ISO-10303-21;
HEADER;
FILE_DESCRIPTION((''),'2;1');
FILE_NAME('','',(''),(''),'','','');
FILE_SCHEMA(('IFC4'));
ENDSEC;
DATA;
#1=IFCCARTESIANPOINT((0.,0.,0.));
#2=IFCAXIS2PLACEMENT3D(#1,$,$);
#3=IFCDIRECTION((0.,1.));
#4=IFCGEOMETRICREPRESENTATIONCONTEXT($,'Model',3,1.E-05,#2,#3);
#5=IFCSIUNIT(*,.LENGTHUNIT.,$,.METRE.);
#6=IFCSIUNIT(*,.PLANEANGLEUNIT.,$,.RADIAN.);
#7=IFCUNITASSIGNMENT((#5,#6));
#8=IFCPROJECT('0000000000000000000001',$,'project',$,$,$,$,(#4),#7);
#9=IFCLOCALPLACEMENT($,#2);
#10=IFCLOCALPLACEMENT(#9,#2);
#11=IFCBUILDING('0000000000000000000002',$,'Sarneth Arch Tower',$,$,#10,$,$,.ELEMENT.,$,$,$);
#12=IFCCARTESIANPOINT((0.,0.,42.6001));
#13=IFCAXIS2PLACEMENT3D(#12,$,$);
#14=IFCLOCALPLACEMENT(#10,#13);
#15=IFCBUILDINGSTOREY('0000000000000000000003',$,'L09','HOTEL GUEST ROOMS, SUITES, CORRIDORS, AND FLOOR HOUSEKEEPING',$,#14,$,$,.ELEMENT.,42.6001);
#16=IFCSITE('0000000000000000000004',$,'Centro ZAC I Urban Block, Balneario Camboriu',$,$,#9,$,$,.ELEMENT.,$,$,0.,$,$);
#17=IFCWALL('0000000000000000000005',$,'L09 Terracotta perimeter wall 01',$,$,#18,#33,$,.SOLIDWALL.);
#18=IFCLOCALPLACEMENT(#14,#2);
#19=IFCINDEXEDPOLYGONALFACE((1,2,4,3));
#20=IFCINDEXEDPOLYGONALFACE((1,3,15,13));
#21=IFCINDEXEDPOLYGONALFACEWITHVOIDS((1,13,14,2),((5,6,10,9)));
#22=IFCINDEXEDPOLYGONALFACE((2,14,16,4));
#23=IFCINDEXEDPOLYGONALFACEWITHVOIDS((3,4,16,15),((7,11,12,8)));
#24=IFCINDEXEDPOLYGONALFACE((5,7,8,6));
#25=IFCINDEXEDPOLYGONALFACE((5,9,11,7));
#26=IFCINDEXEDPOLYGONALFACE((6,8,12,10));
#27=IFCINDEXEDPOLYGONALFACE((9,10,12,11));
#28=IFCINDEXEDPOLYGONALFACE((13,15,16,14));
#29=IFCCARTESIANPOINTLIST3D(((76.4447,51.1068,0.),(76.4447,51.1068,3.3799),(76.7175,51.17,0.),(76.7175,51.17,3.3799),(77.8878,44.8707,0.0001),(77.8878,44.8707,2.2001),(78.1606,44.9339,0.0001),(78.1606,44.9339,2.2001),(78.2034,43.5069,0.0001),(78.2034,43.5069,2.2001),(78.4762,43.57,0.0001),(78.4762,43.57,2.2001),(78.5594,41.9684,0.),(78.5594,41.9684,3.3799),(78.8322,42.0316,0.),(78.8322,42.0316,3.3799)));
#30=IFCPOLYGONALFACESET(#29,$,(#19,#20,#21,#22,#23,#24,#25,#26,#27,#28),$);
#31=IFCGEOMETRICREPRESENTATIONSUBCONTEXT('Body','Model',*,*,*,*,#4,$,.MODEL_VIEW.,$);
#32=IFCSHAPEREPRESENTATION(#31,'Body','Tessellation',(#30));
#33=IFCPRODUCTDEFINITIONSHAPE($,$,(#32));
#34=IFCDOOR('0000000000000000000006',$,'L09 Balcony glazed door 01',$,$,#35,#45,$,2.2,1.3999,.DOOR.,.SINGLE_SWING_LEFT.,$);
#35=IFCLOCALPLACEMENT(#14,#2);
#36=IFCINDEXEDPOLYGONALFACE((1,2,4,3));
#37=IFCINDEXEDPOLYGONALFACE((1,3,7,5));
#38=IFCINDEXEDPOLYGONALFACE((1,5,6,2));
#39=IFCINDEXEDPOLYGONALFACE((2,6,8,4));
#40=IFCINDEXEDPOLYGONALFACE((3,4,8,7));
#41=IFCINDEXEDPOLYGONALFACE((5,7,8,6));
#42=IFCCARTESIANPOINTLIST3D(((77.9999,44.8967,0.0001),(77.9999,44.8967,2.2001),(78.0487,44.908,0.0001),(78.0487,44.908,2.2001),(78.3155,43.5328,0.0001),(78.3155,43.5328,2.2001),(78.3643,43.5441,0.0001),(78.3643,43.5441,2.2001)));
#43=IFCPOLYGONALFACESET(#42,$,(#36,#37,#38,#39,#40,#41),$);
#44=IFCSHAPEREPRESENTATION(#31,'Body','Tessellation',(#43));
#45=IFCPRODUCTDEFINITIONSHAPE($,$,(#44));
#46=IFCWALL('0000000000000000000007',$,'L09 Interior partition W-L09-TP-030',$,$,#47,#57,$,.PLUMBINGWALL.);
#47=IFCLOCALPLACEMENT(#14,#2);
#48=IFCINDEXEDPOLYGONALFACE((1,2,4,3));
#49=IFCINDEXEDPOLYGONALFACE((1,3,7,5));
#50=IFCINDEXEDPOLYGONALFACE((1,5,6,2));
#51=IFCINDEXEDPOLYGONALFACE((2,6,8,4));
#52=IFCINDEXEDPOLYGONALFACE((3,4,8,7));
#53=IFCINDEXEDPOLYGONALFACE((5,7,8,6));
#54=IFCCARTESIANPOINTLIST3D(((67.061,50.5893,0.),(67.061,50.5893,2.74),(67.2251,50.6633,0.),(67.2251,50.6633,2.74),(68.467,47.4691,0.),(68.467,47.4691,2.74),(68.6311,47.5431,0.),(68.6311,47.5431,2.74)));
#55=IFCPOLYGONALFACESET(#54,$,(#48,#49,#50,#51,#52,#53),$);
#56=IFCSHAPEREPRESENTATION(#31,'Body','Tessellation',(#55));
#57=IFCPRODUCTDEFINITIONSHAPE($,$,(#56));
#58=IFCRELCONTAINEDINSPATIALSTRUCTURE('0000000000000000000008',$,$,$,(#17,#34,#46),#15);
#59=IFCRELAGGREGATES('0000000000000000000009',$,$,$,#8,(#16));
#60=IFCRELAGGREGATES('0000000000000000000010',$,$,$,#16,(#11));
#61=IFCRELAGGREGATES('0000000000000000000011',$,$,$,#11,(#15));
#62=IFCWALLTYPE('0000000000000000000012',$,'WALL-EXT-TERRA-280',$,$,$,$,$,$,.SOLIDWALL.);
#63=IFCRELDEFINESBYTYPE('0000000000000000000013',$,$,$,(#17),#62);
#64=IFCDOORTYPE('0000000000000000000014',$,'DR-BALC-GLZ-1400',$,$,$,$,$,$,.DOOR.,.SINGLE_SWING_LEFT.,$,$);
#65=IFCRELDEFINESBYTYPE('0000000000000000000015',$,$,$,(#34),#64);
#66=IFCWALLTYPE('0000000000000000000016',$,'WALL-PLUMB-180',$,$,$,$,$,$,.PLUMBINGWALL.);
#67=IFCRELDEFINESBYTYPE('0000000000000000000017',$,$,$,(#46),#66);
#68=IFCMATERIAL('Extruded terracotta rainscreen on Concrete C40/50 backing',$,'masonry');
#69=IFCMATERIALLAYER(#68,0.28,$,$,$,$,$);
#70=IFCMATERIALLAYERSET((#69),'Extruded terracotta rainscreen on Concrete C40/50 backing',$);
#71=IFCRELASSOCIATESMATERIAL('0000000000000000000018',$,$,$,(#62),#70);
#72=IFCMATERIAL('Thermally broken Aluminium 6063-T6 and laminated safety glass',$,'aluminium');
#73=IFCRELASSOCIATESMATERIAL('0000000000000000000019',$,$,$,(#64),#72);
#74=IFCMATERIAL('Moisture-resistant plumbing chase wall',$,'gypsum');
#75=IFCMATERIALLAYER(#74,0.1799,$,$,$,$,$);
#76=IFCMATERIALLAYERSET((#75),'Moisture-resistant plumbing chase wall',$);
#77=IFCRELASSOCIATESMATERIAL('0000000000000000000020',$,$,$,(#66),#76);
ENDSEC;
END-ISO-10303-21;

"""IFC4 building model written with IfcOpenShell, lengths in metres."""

from ifc_helpers import new_model, si_unit, direction, frame, frame_2d, origin, place, context, subcontext, project, spatial, rectangle, extrude, material, layer, layer_set, type_object, element, fill, save


model = new_model("IFC4")

# Units and contexts
model_context = context("Model", 3, precision=1e-05, world=origin(), true_north=direction((0.0, 1.0)))
body_context = subcontext(model_context, "Body", "Model", "MODEL_VIEW")
ifc_project = project(units=[si_unit("LENGTHUNIT", "METRE"), si_unit("PLANEANGLEUNIT", "RADIAN")], contexts=[model_context])

# Site, building, storey
site_placement = place(None, origin())
site = spatial("IfcSite", under=ifc_project, at=site_placement, Name="Centro ZAC I Urban Block, Balneario Camboriu", CompositionType="ELEMENT", RefElevation=0.0)
building_placement = place(site_placement, origin())
building = spatial("IfcBuilding", under=site, at=building_placement, Name="Sarneth Arch Tower", CompositionType="ELEMENT")
storey_placement = place(building_placement, frame((0.0, 0.0, 42.6001)))
storey = spatial("IfcBuildingStorey", under=building, at=storey_placement, Name="L09", Description="HOTEL GUEST ROOMS, SUITES, CORRIDORS, AND FLOOR HOUSEKEEPING", CompositionType="ELEMENT", Elevation=42.6001)

# Wall, opening, door
ifc_material_1 = material(Name="Extruded terracotta rainscreen on Concrete C40/50 backing", Category="masonry")
ifc_layer_1 = layer(ifc_material_1, 0.28)
ifc_layer_set_1 = layer_set([ifc_layer_1], Name="Extruded terracotta rainscreen on Concrete C40/50 backing")
wall_type_1 = type_object("IfcWallType", Name="WALL-EXT-TERRA-280", PredefinedType="SOLIDWALL", material=ifc_layer_set_1)
wall_1_placement = place(storey_placement, frame((78.6958, 42.0, 0.0), z_axis=(0.0, 0.0, 1.0), x_axis=(-0.225454, 0.974254, 0.0)))
wall_1 = element("IfcWall", 1, at=wall_1_placement, inside=storey, type_object=wall_type_1, Name="L09 Terracotta perimeter wall 01", PredefinedType="SOLIDWALL", context=body_context, shape_type="SweptSolid", body=[
    extrude(rectangle(XDim=9.3799, YDim=0.28, at=frame_2d((4.6899, 0.0))), origin(), (0.0, 0.0, 1.0), 3.3799),
])
opening_placement = place(wall_1_placement, frame((1.5791, 0.0, 0.0)))
opening = element("IfcOpeningElement", 2, at=opening_placement, cuts=wall_1, PredefinedType="OPENING", context=body_context, shape_type="SweptSolid", body=[
    extrude(rectangle(XDim=1.3999, YDim=2.2, at=frame_2d((0.7, 1.1001))), frame((0.0, 0.1499, 0.0), z_axis=(0.0, -1.0, 0.0), x_axis=(1.0, 0.0, 0.0)), (0.0, 0.0, 1.0), 0.3),
])
ifc_material_2 = material(Name="Thermally broken Aluminium 6063-T6 and laminated safety glass", Category="aluminium")
door_type = type_object("IfcDoorType", Name="DR-BALC-GLZ-1400", OperationType="SINGLE_SWING_LEFT", PredefinedType="DOOR", material=ifc_material_2)
door_placement = place(opening_placement, origin())
door = element("IfcDoor", 3, at=door_placement, inside=storey, type_object=door_type, Name="L09 Balcony glazed door 01", OperationType="SINGLE_SWING_LEFT", OverallHeight=2.2, OverallWidth=1.3999, PredefinedType="DOOR", context=body_context, shape_type="SweptSolid", body=[
    extrude(rectangle(XDim=1.3999, YDim=2.2, at=frame_2d((0.7, 1.1001))), frame((0.0, 0.0249, 0.0), z_axis=(0.0, -1.0, 0.0), x_axis=(1.0, 0.0, 0.0)), (0.0, 0.0, 1.0), 0.05),
])
fill(opening, door)

# Wall
ifc_material_3 = material(Name="Moisture-resistant plumbing chase wall", Category="gypsum")
ifc_layer_2 = layer(ifc_material_3, 0.1799)
ifc_layer_set_2 = layer_set([ifc_layer_2], Name="Moisture-resistant plumbing chase wall")
wall_type_2 = type_object("IfcWallType", Name="WALL-PLUMB-180", PredefinedType="PLUMBINGWALL", material=ifc_layer_set_2)
wall_2_placement = place(storey_placement, frame((68.5491, 47.5061, 0.0), z_axis=(0.0, 0.0, 1.0), x_axis=(-0.410839, 0.911708, 0.0)))
element("IfcWall", 4, at=wall_2_placement, inside=storey, type_object=wall_type_2, Name="L09 Interior partition W-L09-TP-030", PredefinedType="PLUMBINGWALL", context=body_context, shape_type="SweptSolid", body=[
    extrude(rectangle(XDim=3.4224, YDim=0.1799, at=frame_2d((1.7112, 0.0))), origin(), (0.0, 0.0, 1.0), 2.74),
])

save(model, "model.ifc")
